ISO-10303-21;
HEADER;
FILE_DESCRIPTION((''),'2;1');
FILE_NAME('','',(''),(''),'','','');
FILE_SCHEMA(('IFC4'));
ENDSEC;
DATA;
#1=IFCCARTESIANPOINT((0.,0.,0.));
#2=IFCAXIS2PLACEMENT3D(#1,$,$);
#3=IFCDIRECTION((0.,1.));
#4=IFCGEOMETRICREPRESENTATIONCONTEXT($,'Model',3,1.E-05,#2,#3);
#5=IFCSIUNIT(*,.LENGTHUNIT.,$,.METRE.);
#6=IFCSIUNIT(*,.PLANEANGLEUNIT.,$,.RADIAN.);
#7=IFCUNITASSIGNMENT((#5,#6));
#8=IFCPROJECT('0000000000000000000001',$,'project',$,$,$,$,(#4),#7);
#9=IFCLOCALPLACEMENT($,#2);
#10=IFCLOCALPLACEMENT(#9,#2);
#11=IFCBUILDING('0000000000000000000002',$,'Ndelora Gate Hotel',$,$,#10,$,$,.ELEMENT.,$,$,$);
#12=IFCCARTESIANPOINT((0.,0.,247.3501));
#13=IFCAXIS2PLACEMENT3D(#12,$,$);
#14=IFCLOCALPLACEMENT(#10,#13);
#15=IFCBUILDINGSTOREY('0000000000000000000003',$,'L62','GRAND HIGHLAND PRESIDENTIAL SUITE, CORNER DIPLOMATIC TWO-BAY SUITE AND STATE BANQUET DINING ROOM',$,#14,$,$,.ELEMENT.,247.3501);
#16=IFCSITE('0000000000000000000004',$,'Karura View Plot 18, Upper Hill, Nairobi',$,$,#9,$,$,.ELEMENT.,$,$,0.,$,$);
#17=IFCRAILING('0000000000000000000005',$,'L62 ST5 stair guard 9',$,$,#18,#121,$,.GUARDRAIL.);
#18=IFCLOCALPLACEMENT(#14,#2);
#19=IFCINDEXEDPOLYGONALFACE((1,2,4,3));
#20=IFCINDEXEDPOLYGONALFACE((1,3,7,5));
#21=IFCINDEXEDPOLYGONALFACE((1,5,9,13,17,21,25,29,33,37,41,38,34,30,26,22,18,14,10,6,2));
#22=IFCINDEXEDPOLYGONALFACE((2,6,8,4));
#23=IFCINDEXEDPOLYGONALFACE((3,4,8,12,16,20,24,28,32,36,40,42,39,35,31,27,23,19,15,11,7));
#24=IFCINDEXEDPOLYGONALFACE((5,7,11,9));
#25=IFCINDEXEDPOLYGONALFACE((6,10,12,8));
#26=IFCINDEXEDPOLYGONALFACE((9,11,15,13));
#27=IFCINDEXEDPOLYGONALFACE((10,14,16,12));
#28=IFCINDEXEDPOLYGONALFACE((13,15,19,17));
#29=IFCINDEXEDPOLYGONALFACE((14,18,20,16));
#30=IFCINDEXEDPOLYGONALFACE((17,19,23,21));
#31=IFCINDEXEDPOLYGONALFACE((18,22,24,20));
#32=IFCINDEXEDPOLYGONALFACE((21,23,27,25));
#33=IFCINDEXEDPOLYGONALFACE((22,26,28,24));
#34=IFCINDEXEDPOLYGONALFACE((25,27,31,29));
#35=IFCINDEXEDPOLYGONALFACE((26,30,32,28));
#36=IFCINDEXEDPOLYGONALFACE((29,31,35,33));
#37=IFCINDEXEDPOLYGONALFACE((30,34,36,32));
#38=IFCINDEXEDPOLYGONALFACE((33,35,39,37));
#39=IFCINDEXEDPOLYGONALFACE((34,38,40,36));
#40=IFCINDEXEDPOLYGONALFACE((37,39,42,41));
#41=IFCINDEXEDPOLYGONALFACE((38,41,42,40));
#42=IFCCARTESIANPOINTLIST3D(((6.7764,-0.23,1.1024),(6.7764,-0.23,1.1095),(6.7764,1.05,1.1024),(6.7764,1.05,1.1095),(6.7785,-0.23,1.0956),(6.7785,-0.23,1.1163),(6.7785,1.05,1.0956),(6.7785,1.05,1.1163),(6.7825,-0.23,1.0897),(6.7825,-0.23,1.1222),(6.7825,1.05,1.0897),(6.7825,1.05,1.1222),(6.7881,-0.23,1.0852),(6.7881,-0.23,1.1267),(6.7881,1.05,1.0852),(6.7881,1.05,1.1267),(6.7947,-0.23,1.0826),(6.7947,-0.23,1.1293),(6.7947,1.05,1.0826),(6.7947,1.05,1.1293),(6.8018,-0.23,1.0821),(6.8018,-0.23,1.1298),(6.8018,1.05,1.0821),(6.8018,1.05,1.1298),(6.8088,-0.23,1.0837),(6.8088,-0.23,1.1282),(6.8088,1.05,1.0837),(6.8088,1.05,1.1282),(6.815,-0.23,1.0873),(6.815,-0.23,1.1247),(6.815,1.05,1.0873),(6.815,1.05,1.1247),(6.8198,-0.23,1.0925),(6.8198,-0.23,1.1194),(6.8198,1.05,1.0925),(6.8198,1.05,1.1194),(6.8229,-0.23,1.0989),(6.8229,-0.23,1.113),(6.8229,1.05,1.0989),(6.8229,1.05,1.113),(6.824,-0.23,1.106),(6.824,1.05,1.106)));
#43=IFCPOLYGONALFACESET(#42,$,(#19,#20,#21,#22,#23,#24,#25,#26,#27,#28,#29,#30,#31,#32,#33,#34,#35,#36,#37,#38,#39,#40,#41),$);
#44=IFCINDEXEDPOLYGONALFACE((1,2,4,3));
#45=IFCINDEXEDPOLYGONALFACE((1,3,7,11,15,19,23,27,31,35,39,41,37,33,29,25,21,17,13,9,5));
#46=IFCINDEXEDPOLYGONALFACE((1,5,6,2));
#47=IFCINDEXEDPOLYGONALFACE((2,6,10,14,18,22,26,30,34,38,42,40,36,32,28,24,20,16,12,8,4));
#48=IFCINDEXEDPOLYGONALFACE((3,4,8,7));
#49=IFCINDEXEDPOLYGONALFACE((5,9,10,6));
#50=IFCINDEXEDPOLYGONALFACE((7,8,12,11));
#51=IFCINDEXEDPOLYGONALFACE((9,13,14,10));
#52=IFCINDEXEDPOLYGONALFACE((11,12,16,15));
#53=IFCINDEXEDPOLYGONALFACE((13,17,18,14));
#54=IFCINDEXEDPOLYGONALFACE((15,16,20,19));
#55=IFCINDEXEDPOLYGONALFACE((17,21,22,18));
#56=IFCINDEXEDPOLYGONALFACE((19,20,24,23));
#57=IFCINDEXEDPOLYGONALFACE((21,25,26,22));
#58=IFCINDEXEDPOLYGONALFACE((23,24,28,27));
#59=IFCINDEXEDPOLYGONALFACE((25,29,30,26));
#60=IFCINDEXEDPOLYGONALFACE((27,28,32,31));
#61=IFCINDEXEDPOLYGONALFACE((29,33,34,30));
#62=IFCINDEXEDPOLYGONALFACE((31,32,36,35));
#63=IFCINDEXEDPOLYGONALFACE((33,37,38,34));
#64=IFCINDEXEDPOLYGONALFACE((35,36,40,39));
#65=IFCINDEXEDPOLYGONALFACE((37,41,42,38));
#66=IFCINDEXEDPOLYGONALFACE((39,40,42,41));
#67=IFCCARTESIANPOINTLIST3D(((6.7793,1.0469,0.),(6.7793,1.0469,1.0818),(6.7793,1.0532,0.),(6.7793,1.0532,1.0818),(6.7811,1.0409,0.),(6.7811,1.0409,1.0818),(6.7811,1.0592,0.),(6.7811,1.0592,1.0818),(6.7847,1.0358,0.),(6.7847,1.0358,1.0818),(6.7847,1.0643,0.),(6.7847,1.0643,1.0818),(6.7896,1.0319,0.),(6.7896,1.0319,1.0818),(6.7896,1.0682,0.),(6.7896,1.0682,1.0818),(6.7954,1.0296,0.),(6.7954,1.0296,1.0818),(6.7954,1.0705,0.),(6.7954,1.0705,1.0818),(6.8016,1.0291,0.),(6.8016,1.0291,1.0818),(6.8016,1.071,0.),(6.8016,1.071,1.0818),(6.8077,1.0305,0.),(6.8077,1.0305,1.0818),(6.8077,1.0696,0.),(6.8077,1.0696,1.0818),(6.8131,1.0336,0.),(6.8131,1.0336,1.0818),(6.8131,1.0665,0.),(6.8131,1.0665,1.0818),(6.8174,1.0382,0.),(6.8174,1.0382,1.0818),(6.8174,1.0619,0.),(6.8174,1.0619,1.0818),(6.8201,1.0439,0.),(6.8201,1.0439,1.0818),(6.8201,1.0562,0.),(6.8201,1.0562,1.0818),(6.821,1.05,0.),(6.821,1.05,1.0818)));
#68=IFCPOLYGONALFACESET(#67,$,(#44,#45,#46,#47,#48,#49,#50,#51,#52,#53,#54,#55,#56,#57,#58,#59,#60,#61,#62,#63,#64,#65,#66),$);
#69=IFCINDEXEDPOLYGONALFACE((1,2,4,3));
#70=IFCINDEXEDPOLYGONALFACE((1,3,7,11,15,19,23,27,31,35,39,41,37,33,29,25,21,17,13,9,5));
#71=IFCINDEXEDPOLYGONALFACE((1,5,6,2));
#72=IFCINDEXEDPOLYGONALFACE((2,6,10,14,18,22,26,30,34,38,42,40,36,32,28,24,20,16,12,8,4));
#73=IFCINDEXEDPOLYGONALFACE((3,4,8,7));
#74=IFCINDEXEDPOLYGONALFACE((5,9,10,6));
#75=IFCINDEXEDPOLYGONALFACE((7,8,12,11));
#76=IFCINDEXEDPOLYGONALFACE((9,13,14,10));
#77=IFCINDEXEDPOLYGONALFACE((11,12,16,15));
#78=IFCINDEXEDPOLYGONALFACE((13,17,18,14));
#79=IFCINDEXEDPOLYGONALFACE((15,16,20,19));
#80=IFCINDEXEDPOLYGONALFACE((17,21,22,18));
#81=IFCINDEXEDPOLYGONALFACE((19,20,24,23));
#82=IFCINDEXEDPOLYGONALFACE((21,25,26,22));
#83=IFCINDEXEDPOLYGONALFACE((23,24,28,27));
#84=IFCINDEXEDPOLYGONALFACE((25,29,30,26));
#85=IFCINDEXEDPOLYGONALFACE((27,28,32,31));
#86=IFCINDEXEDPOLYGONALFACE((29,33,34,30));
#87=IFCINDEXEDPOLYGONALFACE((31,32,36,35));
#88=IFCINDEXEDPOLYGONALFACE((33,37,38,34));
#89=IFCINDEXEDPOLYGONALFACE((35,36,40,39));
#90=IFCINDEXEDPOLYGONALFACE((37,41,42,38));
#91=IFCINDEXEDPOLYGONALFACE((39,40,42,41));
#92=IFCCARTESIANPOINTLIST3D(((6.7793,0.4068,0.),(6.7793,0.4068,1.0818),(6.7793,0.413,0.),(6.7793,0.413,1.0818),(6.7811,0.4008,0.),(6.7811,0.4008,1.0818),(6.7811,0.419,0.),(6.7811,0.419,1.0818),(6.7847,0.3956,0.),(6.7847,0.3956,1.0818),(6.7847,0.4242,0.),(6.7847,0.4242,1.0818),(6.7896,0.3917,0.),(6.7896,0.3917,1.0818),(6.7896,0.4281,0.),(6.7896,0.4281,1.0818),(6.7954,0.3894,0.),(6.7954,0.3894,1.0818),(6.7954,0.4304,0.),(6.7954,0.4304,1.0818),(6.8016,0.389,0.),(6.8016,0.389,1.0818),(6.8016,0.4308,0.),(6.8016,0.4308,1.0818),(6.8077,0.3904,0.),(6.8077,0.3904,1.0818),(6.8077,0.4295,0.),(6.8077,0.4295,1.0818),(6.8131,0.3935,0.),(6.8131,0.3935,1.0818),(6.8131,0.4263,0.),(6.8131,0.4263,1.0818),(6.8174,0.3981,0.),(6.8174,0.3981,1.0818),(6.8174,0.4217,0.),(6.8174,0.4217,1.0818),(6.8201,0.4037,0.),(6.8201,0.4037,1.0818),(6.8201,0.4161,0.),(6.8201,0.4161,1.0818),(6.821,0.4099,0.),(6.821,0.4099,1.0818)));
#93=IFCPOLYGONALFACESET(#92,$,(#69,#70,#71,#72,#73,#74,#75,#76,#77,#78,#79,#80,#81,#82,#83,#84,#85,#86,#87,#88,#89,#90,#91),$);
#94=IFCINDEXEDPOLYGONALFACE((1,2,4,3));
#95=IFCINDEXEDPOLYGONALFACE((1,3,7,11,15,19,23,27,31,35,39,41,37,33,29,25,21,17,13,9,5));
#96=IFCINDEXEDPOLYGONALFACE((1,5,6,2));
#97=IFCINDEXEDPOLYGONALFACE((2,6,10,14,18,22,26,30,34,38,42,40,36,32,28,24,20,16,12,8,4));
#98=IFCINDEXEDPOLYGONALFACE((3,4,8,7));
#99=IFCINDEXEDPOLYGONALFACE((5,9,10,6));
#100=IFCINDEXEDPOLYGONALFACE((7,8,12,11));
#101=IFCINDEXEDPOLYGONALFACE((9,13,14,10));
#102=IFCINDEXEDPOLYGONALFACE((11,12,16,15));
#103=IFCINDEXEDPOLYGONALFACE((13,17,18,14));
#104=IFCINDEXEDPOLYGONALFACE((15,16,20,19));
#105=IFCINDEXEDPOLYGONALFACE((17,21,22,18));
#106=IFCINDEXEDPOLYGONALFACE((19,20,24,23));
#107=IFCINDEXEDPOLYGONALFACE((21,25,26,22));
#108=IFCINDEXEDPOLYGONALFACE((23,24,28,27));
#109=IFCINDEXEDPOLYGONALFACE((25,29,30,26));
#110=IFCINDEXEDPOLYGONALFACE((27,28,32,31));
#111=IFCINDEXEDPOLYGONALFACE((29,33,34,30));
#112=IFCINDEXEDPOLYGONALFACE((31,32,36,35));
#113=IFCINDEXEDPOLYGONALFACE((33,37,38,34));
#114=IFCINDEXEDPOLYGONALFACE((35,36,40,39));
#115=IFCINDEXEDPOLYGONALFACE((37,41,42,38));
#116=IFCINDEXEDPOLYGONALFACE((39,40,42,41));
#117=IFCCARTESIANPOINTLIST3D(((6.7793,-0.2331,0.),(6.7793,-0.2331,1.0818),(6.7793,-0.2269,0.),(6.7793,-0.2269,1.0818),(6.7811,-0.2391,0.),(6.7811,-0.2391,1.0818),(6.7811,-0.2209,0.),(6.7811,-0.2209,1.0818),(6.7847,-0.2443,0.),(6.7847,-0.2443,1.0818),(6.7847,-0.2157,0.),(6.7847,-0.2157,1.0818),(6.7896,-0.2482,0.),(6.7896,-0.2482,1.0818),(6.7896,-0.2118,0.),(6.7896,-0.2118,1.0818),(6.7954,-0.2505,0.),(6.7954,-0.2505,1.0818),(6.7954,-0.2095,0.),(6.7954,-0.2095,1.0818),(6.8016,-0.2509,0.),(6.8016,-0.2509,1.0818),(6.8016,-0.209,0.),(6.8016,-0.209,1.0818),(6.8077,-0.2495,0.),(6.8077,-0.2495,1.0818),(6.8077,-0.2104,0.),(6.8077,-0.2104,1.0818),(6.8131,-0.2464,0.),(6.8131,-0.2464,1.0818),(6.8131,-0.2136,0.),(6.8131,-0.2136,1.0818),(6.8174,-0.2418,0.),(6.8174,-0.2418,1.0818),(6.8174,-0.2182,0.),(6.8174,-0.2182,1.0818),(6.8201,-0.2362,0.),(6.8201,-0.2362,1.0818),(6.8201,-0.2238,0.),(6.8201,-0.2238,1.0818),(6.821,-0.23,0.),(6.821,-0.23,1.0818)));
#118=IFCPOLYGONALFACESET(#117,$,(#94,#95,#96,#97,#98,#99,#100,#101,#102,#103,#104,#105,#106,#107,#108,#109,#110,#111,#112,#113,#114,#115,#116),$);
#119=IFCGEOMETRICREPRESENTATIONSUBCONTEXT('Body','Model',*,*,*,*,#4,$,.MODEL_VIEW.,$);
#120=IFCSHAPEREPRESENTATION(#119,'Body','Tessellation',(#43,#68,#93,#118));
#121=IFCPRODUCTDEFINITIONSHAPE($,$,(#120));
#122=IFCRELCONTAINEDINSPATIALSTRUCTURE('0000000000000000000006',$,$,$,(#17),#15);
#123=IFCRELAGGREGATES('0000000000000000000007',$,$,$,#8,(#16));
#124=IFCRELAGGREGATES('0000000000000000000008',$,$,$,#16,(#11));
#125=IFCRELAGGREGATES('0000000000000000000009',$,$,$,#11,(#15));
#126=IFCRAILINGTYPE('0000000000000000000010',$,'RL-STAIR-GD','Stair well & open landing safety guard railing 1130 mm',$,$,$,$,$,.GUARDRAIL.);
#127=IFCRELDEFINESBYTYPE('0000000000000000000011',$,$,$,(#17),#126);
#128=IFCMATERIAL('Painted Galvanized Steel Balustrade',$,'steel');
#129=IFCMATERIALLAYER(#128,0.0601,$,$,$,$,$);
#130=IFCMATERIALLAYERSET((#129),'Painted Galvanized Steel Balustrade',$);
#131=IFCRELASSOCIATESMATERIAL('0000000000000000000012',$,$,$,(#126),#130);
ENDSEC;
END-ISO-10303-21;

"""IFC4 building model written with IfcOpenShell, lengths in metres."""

from ifc_helpers import new_model, si_unit, direction, frame, origin, origin_2d, place, context, subcontext, project, spatial, circle, extrude, material, layer, layer_set, type_object, element, save


model = new_model("IFC4")

# Units and contexts
model_context = context("Model", 3, precision=1e-05, world=origin(), true_north=direction((0.0, 1.0)))
body_context = subcontext(model_context, "Body", "Model", "MODEL_VIEW")
ifc_project = project(units=[si_unit("LENGTHUNIT", "METRE"), si_unit("PLANEANGLEUNIT", "RADIAN")], contexts=[model_context])

# Site, building, storey
site_placement = place(None, origin())
site = spatial("IfcSite", under=ifc_project, at=site_placement, Name="Karura View Plot 18, Upper Hill, Nairobi", CompositionType="ELEMENT", RefElevation=0.0)
building_placement = place(site_placement, origin())
building = spatial("IfcBuilding", under=site, at=building_placement, Name="Ndelora Gate Hotel", CompositionType="ELEMENT")
storey_placement = place(building_placement, frame((0.0, 0.0, 247.3501)))
storey = spatial("IfcBuildingStorey", under=building, at=storey_placement, Name="L62", Description="GRAND HIGHLAND PRESIDENTIAL SUITE, CORNER DIPLOMATIC TWO-BAY SUITE AND STATE BANQUET DINING ROOM", CompositionType="ELEMENT", Elevation=247.3501)

# Railing
ifc_material_1 = material(Name="Painted Galvanized Steel Balustrade", Category="steel")
ifc_layer_1 = layer(ifc_material_1, 0.0601)
ifc_layer_set_1 = layer_set([ifc_layer_1], Name="Painted Galvanized Steel Balustrade")
railing_type_1 = type_object("IfcRailingType", Name="RL-STAIR-GD", Description="Stair well & open landing safety guard railing 1130 mm", PredefinedType="GUARDRAIL", material=ifc_layer_set_1)
for number, where, name in (
    (1, (6.8, 1.05, 0.0), "L62 ST5 stair guard 9"),
):
    element("IfcRailing", number, at=place(storey_placement, frame(where)), inside=storey, type_object=railing_type_1, Name=name, PredefinedType="GUARDRAIL", context=body_context, shape_type="SweptSolid", body=[
        extrude(circle(Radius=0.0239, at=origin_2d()), frame((0.0, 0.0, 1.106), z_axis=(0.0, -1.0, 0.0), x_axis=(1.0, 0.0, 0.0)), (0.0, 0.0, 1.0), 1.28),
        extrude(circle(Radius=0.021, at=origin_2d()), origin(), (0.0, 0.0, 1.0), 1.0818),
        extrude(circle(Radius=0.021, at=origin_2d()), frame((0.0, -0.6401, 0.0)), (0.0, 0.0, 1.0), 1.0818),
        extrude(circle(Radius=0.021, at=origin_2d()), frame((0.0, -1.28, 0.0)), (0.0, 0.0, 1.0), 1.0818),
    ])

save(model, "model.ifc")
